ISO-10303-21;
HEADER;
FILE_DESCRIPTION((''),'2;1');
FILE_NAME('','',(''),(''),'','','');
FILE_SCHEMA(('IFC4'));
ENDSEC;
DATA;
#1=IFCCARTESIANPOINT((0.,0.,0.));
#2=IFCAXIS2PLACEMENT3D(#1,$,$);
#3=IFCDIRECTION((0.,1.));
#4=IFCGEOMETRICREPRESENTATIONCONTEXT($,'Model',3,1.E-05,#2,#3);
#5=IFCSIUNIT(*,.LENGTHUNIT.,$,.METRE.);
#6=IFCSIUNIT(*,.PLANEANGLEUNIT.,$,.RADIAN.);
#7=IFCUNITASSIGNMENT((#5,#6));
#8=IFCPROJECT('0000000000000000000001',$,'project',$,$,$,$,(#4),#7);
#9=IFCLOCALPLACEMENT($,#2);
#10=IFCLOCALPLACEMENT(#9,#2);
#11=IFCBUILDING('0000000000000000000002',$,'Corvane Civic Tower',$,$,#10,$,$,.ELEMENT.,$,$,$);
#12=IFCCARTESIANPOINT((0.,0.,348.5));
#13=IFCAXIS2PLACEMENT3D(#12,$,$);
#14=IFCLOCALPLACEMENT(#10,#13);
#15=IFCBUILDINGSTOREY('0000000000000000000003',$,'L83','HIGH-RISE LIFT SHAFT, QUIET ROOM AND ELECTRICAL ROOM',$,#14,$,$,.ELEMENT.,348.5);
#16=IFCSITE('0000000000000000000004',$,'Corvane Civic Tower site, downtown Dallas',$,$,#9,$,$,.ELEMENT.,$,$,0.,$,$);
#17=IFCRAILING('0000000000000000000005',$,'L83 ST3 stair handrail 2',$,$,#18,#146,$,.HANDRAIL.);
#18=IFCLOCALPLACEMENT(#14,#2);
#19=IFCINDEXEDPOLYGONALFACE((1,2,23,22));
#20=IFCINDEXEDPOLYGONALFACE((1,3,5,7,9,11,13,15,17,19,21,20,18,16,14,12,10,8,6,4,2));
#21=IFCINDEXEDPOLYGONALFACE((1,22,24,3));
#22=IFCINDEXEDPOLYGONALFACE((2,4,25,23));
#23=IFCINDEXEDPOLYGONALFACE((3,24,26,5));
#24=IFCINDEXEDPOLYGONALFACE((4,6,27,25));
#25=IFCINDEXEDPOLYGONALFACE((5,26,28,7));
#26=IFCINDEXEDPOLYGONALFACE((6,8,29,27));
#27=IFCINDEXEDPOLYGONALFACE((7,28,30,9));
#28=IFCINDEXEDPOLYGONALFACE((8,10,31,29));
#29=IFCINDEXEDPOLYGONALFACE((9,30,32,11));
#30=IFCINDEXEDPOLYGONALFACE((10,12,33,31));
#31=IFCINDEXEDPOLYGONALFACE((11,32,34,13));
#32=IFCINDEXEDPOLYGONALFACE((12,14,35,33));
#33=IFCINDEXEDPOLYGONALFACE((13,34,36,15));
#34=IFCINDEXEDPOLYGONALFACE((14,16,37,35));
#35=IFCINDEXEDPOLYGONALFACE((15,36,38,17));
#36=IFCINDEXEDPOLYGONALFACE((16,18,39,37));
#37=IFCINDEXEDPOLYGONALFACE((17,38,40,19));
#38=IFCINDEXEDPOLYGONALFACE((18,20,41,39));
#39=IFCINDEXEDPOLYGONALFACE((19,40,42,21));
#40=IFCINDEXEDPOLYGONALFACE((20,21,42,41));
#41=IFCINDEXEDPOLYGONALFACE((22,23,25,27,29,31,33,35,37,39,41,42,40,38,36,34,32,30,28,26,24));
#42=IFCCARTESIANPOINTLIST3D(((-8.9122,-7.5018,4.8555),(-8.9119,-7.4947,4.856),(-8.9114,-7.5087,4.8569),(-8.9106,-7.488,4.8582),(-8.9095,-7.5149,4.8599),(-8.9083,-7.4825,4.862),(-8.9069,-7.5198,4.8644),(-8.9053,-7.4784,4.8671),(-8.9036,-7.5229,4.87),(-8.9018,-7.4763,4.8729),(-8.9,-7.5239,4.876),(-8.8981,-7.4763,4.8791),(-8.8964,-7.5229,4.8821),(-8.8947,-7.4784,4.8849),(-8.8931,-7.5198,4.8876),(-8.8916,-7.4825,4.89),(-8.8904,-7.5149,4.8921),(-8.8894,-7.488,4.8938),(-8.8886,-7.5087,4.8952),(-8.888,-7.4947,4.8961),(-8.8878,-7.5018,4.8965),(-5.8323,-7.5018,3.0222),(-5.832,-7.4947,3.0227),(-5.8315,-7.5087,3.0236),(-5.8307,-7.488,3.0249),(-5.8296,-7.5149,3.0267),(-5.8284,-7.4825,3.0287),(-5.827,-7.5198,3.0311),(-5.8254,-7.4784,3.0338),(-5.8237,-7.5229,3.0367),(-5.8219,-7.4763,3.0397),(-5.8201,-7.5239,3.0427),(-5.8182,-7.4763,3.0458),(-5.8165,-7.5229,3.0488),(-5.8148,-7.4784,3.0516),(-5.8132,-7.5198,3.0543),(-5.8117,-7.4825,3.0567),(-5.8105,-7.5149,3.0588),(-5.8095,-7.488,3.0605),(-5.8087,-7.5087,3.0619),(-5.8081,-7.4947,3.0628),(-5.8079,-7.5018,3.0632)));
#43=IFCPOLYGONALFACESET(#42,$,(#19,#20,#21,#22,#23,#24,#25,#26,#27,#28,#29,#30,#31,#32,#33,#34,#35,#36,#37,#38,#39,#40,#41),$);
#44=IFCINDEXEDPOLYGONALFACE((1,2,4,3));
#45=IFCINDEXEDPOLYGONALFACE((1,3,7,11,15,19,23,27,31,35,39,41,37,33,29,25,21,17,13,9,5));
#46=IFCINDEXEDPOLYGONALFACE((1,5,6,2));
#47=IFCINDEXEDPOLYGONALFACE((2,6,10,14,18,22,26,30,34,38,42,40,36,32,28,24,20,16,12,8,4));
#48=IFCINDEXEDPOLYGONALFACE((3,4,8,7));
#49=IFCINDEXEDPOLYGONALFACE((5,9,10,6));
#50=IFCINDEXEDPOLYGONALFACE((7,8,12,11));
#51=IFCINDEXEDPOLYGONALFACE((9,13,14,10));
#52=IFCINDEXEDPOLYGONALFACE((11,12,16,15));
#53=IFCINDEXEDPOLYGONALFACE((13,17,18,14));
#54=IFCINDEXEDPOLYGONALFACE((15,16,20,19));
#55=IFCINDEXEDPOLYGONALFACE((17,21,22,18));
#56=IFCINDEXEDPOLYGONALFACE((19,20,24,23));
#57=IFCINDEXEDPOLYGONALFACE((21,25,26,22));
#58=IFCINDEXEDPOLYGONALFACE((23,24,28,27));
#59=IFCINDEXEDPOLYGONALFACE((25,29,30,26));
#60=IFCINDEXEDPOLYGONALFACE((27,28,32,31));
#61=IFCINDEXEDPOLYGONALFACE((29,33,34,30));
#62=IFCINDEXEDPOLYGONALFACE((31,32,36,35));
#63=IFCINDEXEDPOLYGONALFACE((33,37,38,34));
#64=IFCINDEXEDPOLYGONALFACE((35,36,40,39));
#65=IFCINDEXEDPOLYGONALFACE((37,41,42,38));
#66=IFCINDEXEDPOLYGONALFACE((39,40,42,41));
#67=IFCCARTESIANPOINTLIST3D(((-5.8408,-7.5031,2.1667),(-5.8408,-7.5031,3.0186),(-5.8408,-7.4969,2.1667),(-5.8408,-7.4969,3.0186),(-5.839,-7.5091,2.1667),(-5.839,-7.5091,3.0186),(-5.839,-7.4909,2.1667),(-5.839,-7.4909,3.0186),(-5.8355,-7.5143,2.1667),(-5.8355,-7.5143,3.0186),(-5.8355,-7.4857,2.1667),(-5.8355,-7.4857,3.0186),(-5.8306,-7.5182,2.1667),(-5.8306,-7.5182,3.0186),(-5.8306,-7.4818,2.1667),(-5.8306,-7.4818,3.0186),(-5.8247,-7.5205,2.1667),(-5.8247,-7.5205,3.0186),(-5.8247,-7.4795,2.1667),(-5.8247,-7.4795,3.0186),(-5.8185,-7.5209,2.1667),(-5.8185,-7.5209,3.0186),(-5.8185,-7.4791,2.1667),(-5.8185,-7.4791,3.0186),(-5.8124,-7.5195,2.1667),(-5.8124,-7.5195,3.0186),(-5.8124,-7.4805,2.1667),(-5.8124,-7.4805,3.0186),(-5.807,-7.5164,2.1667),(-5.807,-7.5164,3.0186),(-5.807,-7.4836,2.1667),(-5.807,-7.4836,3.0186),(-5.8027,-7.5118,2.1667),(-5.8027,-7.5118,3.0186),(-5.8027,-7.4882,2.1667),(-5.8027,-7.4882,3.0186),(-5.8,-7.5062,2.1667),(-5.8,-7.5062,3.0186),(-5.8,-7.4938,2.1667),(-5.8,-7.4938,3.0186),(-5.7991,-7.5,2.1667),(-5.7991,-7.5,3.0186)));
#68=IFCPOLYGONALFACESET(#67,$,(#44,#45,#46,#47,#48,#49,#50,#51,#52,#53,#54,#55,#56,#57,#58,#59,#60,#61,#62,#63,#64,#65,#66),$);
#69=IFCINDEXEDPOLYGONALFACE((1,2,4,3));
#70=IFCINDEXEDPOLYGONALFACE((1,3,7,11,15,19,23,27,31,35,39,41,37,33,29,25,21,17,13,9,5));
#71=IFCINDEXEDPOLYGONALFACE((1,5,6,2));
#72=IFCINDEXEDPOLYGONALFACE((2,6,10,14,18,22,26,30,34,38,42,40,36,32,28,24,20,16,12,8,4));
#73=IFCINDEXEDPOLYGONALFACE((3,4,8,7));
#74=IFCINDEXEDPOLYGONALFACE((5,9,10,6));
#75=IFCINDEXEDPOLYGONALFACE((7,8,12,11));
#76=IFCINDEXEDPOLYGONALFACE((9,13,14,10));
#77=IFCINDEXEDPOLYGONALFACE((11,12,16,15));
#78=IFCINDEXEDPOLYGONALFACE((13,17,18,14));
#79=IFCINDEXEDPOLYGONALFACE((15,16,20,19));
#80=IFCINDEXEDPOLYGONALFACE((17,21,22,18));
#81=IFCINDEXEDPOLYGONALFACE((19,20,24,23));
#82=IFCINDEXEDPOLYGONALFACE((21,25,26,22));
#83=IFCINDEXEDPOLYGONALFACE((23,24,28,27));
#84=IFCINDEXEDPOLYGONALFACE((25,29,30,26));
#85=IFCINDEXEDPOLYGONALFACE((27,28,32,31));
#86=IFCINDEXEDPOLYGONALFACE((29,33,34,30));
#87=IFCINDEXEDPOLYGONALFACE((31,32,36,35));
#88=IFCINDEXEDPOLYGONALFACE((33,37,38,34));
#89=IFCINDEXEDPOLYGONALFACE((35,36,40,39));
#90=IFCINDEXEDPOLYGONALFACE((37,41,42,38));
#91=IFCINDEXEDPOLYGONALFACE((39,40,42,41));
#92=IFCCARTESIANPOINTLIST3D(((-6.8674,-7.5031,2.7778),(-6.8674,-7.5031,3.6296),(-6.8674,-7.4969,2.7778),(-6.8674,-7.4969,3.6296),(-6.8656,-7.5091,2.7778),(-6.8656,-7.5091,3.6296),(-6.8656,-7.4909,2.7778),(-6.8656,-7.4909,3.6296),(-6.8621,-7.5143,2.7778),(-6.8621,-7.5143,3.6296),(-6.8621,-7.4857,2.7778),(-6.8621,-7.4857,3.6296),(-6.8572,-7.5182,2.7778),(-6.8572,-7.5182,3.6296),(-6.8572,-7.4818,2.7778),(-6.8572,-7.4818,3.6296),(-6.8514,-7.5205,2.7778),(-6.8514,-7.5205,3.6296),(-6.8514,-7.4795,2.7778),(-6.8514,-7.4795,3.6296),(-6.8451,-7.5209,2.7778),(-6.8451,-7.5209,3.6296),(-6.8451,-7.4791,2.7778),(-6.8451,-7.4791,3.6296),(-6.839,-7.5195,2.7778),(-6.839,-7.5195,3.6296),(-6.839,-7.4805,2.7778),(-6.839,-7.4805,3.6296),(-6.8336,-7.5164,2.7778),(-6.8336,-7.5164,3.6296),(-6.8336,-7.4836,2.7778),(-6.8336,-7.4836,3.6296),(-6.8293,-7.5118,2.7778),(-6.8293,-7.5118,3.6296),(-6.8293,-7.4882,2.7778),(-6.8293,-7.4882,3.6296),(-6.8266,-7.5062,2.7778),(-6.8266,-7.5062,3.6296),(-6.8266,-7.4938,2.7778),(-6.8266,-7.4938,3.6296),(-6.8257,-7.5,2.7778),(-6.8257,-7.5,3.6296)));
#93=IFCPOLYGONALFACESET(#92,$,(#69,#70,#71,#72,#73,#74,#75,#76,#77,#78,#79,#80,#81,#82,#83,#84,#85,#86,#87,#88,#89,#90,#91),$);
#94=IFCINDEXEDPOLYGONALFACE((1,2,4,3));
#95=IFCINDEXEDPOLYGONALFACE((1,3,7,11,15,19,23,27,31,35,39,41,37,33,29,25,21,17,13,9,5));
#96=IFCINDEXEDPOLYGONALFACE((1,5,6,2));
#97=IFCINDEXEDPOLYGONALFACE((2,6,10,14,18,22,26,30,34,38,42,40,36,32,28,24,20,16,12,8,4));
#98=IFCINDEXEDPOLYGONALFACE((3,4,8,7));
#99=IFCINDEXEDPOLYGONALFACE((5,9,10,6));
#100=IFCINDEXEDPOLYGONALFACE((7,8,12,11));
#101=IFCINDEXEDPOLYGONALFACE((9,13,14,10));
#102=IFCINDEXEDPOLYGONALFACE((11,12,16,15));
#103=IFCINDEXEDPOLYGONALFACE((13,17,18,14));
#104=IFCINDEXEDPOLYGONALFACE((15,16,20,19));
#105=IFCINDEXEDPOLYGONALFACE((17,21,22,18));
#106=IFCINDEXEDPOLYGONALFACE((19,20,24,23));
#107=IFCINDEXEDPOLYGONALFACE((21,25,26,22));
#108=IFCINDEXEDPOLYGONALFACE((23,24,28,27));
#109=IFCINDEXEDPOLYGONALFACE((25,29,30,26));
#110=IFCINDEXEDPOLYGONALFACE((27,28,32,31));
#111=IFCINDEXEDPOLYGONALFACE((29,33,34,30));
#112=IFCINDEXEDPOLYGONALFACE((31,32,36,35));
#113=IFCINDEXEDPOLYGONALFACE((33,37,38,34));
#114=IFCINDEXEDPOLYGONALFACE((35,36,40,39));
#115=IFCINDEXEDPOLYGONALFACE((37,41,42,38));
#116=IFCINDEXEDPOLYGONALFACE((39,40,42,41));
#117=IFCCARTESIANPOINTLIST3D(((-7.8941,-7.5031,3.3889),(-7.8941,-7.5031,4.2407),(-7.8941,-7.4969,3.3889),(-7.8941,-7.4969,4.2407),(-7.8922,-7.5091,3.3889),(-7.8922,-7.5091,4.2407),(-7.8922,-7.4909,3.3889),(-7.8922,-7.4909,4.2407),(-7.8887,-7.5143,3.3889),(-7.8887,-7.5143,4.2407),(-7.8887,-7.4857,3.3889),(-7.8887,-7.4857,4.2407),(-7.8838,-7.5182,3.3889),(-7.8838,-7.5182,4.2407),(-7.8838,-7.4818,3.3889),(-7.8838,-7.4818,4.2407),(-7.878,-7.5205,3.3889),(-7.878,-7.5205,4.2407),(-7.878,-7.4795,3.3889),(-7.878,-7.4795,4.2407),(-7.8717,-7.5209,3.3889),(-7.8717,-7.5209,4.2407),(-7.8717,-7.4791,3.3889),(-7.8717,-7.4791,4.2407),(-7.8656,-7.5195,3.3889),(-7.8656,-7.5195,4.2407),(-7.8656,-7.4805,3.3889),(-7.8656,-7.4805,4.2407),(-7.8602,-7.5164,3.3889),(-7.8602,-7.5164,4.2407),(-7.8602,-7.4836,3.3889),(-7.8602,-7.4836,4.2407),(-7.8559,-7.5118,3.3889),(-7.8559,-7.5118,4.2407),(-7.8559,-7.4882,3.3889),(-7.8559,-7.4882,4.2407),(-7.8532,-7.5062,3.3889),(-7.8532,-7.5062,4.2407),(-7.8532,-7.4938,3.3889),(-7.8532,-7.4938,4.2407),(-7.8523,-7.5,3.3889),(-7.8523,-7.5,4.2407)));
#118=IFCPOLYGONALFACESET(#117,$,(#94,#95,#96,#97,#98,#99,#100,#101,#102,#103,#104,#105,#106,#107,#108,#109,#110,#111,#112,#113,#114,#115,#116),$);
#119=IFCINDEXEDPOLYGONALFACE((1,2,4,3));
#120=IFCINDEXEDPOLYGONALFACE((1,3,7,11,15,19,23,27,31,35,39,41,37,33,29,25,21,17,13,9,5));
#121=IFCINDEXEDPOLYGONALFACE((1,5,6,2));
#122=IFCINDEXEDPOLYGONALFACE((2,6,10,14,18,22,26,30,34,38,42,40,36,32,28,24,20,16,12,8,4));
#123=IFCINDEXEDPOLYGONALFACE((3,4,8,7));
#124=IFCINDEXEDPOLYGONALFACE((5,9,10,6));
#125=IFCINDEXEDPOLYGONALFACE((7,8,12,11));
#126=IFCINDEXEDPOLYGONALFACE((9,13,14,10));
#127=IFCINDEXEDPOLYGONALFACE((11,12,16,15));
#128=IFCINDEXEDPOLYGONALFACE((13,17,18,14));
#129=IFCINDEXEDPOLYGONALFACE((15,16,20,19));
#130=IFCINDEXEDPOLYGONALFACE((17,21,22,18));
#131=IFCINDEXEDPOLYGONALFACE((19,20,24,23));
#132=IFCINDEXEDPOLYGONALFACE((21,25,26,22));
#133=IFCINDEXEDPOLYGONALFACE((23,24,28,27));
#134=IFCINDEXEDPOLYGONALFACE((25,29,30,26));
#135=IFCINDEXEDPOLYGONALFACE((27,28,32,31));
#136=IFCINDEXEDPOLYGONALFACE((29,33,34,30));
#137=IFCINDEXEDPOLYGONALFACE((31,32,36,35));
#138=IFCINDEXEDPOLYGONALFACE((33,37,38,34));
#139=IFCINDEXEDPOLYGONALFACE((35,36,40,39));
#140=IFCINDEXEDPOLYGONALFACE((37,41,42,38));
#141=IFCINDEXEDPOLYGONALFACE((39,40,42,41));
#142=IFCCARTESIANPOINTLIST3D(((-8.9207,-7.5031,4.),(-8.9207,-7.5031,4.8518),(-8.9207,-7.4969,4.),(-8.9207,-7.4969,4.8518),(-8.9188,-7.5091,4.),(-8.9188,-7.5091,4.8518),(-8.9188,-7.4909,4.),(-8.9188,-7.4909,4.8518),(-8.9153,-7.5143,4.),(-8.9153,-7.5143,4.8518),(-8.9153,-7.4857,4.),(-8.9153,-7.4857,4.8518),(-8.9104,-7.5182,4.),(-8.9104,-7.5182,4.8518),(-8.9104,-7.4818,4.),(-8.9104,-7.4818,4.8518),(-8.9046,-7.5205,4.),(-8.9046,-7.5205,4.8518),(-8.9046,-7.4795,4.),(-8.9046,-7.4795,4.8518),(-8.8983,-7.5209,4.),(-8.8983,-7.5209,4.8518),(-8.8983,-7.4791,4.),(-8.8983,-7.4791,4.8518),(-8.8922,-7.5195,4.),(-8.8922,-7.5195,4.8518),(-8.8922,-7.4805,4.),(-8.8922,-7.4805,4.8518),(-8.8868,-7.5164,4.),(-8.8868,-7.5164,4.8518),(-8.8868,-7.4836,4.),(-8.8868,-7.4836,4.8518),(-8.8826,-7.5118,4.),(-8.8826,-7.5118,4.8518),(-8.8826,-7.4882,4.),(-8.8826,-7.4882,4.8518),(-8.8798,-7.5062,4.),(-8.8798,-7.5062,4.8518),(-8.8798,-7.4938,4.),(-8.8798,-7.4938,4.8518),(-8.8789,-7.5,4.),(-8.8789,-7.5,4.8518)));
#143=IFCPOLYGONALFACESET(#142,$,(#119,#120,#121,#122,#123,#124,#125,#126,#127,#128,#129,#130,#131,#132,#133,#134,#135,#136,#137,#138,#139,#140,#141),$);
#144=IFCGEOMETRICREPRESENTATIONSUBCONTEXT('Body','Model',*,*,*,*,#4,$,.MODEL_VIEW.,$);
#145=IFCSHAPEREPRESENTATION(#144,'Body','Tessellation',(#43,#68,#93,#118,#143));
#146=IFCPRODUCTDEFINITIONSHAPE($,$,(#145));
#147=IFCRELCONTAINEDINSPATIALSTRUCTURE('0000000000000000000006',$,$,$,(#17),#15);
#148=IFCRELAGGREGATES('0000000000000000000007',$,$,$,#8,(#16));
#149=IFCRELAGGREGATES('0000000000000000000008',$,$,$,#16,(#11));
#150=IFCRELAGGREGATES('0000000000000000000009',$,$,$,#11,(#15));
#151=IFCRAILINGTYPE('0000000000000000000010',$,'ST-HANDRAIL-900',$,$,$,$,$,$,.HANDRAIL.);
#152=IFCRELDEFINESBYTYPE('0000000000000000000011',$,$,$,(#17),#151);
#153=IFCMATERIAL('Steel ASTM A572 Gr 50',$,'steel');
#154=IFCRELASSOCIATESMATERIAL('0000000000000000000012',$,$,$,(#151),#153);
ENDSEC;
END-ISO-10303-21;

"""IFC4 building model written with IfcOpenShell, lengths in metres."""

from ifc_helpers import new_model, si_unit, direction, frame, origin, origin_2d, place, context, subcontext, project, spatial, circle, extrude, material, type_object, element, save


model = new_model("IFC4")

# Units and contexts
model_context = context("Model", 3, precision=1e-05, world=origin(), true_north=direction((0.0, 1.0)))
body_context = subcontext(model_context, "Body", "Model", "MODEL_VIEW")
ifc_project = project(units=[si_unit("LENGTHUNIT", "METRE"), si_unit("PLANEANGLEUNIT", "RADIAN")], contexts=[model_context])

# Site, building, storey
site_placement = place(None, origin())
site = spatial("IfcSite", under=ifc_project, at=site_placement, Name="Corvane Civic Tower site, downtown Dallas", CompositionType="ELEMENT", RefElevation=0.0)
building_placement = place(site_placement, origin())
building = spatial("IfcBuilding", under=site, at=building_placement, Name="Corvane Civic Tower", CompositionType="ELEMENT")
storey_placement = place(building_placement, frame((0.0, 0.0, 348.5)))
storey = spatial("IfcBuildingStorey", under=building, at=storey_placement, Name="L83", Description="HIGH-RISE LIFT SHAFT, QUIET ROOM AND ELECTRICAL ROOM", CompositionType="ELEMENT", Elevation=348.5)

# Railing
ifc_material_1 = material(Name="Steel ASTM A572 Gr 50", Category="steel")
railing_type_1 = type_object("IfcRailingType", Name="ST-HANDRAIL-900", PredefinedType="HANDRAIL", material=ifc_material_1)
railing_1_placement = place(storey_placement, frame((-5.8201, -7.5, 2.1667)))
element("IfcRailing", 1, at=railing_1_placement, inside=storey, type_object=railing_type_1, Name="L83 ST3 stair handrail 2", PredefinedType="HANDRAIL", context=body_context, shape_type="SweptSolid", body=[
    extrude(circle(Radius=0.0239, at=origin_2d()), frame((0.0, 0.0, 0.876), z_axis=(-0.859291, 0.0, 0.511487), x_axis=(0.0, -1.0, 0.0)), (0.0, 0.0, 1.0), 3.5842),
    extrude(circle(Radius=0.021, at=origin_2d()), origin(), (0.0, 0.0, 1.0), 0.8518),
    extrude(circle(Radius=0.021, at=origin_2d()), frame((-1.0266, 0.0, 0.6111)), (0.0, 0.0, 1.0), 0.8518),
    extrude(circle(Radius=0.021, at=origin_2d()), frame((-2.0532, 0.0, 1.2222)), (0.0, 0.0, 1.0), 0.8518),
    extrude(circle(Radius=0.021, at=origin_2d()), frame((-3.0798, 0.0, 1.8333)), (0.0, 0.0, 1.0), 0.8518),
])

save(model, "model.ifc")
